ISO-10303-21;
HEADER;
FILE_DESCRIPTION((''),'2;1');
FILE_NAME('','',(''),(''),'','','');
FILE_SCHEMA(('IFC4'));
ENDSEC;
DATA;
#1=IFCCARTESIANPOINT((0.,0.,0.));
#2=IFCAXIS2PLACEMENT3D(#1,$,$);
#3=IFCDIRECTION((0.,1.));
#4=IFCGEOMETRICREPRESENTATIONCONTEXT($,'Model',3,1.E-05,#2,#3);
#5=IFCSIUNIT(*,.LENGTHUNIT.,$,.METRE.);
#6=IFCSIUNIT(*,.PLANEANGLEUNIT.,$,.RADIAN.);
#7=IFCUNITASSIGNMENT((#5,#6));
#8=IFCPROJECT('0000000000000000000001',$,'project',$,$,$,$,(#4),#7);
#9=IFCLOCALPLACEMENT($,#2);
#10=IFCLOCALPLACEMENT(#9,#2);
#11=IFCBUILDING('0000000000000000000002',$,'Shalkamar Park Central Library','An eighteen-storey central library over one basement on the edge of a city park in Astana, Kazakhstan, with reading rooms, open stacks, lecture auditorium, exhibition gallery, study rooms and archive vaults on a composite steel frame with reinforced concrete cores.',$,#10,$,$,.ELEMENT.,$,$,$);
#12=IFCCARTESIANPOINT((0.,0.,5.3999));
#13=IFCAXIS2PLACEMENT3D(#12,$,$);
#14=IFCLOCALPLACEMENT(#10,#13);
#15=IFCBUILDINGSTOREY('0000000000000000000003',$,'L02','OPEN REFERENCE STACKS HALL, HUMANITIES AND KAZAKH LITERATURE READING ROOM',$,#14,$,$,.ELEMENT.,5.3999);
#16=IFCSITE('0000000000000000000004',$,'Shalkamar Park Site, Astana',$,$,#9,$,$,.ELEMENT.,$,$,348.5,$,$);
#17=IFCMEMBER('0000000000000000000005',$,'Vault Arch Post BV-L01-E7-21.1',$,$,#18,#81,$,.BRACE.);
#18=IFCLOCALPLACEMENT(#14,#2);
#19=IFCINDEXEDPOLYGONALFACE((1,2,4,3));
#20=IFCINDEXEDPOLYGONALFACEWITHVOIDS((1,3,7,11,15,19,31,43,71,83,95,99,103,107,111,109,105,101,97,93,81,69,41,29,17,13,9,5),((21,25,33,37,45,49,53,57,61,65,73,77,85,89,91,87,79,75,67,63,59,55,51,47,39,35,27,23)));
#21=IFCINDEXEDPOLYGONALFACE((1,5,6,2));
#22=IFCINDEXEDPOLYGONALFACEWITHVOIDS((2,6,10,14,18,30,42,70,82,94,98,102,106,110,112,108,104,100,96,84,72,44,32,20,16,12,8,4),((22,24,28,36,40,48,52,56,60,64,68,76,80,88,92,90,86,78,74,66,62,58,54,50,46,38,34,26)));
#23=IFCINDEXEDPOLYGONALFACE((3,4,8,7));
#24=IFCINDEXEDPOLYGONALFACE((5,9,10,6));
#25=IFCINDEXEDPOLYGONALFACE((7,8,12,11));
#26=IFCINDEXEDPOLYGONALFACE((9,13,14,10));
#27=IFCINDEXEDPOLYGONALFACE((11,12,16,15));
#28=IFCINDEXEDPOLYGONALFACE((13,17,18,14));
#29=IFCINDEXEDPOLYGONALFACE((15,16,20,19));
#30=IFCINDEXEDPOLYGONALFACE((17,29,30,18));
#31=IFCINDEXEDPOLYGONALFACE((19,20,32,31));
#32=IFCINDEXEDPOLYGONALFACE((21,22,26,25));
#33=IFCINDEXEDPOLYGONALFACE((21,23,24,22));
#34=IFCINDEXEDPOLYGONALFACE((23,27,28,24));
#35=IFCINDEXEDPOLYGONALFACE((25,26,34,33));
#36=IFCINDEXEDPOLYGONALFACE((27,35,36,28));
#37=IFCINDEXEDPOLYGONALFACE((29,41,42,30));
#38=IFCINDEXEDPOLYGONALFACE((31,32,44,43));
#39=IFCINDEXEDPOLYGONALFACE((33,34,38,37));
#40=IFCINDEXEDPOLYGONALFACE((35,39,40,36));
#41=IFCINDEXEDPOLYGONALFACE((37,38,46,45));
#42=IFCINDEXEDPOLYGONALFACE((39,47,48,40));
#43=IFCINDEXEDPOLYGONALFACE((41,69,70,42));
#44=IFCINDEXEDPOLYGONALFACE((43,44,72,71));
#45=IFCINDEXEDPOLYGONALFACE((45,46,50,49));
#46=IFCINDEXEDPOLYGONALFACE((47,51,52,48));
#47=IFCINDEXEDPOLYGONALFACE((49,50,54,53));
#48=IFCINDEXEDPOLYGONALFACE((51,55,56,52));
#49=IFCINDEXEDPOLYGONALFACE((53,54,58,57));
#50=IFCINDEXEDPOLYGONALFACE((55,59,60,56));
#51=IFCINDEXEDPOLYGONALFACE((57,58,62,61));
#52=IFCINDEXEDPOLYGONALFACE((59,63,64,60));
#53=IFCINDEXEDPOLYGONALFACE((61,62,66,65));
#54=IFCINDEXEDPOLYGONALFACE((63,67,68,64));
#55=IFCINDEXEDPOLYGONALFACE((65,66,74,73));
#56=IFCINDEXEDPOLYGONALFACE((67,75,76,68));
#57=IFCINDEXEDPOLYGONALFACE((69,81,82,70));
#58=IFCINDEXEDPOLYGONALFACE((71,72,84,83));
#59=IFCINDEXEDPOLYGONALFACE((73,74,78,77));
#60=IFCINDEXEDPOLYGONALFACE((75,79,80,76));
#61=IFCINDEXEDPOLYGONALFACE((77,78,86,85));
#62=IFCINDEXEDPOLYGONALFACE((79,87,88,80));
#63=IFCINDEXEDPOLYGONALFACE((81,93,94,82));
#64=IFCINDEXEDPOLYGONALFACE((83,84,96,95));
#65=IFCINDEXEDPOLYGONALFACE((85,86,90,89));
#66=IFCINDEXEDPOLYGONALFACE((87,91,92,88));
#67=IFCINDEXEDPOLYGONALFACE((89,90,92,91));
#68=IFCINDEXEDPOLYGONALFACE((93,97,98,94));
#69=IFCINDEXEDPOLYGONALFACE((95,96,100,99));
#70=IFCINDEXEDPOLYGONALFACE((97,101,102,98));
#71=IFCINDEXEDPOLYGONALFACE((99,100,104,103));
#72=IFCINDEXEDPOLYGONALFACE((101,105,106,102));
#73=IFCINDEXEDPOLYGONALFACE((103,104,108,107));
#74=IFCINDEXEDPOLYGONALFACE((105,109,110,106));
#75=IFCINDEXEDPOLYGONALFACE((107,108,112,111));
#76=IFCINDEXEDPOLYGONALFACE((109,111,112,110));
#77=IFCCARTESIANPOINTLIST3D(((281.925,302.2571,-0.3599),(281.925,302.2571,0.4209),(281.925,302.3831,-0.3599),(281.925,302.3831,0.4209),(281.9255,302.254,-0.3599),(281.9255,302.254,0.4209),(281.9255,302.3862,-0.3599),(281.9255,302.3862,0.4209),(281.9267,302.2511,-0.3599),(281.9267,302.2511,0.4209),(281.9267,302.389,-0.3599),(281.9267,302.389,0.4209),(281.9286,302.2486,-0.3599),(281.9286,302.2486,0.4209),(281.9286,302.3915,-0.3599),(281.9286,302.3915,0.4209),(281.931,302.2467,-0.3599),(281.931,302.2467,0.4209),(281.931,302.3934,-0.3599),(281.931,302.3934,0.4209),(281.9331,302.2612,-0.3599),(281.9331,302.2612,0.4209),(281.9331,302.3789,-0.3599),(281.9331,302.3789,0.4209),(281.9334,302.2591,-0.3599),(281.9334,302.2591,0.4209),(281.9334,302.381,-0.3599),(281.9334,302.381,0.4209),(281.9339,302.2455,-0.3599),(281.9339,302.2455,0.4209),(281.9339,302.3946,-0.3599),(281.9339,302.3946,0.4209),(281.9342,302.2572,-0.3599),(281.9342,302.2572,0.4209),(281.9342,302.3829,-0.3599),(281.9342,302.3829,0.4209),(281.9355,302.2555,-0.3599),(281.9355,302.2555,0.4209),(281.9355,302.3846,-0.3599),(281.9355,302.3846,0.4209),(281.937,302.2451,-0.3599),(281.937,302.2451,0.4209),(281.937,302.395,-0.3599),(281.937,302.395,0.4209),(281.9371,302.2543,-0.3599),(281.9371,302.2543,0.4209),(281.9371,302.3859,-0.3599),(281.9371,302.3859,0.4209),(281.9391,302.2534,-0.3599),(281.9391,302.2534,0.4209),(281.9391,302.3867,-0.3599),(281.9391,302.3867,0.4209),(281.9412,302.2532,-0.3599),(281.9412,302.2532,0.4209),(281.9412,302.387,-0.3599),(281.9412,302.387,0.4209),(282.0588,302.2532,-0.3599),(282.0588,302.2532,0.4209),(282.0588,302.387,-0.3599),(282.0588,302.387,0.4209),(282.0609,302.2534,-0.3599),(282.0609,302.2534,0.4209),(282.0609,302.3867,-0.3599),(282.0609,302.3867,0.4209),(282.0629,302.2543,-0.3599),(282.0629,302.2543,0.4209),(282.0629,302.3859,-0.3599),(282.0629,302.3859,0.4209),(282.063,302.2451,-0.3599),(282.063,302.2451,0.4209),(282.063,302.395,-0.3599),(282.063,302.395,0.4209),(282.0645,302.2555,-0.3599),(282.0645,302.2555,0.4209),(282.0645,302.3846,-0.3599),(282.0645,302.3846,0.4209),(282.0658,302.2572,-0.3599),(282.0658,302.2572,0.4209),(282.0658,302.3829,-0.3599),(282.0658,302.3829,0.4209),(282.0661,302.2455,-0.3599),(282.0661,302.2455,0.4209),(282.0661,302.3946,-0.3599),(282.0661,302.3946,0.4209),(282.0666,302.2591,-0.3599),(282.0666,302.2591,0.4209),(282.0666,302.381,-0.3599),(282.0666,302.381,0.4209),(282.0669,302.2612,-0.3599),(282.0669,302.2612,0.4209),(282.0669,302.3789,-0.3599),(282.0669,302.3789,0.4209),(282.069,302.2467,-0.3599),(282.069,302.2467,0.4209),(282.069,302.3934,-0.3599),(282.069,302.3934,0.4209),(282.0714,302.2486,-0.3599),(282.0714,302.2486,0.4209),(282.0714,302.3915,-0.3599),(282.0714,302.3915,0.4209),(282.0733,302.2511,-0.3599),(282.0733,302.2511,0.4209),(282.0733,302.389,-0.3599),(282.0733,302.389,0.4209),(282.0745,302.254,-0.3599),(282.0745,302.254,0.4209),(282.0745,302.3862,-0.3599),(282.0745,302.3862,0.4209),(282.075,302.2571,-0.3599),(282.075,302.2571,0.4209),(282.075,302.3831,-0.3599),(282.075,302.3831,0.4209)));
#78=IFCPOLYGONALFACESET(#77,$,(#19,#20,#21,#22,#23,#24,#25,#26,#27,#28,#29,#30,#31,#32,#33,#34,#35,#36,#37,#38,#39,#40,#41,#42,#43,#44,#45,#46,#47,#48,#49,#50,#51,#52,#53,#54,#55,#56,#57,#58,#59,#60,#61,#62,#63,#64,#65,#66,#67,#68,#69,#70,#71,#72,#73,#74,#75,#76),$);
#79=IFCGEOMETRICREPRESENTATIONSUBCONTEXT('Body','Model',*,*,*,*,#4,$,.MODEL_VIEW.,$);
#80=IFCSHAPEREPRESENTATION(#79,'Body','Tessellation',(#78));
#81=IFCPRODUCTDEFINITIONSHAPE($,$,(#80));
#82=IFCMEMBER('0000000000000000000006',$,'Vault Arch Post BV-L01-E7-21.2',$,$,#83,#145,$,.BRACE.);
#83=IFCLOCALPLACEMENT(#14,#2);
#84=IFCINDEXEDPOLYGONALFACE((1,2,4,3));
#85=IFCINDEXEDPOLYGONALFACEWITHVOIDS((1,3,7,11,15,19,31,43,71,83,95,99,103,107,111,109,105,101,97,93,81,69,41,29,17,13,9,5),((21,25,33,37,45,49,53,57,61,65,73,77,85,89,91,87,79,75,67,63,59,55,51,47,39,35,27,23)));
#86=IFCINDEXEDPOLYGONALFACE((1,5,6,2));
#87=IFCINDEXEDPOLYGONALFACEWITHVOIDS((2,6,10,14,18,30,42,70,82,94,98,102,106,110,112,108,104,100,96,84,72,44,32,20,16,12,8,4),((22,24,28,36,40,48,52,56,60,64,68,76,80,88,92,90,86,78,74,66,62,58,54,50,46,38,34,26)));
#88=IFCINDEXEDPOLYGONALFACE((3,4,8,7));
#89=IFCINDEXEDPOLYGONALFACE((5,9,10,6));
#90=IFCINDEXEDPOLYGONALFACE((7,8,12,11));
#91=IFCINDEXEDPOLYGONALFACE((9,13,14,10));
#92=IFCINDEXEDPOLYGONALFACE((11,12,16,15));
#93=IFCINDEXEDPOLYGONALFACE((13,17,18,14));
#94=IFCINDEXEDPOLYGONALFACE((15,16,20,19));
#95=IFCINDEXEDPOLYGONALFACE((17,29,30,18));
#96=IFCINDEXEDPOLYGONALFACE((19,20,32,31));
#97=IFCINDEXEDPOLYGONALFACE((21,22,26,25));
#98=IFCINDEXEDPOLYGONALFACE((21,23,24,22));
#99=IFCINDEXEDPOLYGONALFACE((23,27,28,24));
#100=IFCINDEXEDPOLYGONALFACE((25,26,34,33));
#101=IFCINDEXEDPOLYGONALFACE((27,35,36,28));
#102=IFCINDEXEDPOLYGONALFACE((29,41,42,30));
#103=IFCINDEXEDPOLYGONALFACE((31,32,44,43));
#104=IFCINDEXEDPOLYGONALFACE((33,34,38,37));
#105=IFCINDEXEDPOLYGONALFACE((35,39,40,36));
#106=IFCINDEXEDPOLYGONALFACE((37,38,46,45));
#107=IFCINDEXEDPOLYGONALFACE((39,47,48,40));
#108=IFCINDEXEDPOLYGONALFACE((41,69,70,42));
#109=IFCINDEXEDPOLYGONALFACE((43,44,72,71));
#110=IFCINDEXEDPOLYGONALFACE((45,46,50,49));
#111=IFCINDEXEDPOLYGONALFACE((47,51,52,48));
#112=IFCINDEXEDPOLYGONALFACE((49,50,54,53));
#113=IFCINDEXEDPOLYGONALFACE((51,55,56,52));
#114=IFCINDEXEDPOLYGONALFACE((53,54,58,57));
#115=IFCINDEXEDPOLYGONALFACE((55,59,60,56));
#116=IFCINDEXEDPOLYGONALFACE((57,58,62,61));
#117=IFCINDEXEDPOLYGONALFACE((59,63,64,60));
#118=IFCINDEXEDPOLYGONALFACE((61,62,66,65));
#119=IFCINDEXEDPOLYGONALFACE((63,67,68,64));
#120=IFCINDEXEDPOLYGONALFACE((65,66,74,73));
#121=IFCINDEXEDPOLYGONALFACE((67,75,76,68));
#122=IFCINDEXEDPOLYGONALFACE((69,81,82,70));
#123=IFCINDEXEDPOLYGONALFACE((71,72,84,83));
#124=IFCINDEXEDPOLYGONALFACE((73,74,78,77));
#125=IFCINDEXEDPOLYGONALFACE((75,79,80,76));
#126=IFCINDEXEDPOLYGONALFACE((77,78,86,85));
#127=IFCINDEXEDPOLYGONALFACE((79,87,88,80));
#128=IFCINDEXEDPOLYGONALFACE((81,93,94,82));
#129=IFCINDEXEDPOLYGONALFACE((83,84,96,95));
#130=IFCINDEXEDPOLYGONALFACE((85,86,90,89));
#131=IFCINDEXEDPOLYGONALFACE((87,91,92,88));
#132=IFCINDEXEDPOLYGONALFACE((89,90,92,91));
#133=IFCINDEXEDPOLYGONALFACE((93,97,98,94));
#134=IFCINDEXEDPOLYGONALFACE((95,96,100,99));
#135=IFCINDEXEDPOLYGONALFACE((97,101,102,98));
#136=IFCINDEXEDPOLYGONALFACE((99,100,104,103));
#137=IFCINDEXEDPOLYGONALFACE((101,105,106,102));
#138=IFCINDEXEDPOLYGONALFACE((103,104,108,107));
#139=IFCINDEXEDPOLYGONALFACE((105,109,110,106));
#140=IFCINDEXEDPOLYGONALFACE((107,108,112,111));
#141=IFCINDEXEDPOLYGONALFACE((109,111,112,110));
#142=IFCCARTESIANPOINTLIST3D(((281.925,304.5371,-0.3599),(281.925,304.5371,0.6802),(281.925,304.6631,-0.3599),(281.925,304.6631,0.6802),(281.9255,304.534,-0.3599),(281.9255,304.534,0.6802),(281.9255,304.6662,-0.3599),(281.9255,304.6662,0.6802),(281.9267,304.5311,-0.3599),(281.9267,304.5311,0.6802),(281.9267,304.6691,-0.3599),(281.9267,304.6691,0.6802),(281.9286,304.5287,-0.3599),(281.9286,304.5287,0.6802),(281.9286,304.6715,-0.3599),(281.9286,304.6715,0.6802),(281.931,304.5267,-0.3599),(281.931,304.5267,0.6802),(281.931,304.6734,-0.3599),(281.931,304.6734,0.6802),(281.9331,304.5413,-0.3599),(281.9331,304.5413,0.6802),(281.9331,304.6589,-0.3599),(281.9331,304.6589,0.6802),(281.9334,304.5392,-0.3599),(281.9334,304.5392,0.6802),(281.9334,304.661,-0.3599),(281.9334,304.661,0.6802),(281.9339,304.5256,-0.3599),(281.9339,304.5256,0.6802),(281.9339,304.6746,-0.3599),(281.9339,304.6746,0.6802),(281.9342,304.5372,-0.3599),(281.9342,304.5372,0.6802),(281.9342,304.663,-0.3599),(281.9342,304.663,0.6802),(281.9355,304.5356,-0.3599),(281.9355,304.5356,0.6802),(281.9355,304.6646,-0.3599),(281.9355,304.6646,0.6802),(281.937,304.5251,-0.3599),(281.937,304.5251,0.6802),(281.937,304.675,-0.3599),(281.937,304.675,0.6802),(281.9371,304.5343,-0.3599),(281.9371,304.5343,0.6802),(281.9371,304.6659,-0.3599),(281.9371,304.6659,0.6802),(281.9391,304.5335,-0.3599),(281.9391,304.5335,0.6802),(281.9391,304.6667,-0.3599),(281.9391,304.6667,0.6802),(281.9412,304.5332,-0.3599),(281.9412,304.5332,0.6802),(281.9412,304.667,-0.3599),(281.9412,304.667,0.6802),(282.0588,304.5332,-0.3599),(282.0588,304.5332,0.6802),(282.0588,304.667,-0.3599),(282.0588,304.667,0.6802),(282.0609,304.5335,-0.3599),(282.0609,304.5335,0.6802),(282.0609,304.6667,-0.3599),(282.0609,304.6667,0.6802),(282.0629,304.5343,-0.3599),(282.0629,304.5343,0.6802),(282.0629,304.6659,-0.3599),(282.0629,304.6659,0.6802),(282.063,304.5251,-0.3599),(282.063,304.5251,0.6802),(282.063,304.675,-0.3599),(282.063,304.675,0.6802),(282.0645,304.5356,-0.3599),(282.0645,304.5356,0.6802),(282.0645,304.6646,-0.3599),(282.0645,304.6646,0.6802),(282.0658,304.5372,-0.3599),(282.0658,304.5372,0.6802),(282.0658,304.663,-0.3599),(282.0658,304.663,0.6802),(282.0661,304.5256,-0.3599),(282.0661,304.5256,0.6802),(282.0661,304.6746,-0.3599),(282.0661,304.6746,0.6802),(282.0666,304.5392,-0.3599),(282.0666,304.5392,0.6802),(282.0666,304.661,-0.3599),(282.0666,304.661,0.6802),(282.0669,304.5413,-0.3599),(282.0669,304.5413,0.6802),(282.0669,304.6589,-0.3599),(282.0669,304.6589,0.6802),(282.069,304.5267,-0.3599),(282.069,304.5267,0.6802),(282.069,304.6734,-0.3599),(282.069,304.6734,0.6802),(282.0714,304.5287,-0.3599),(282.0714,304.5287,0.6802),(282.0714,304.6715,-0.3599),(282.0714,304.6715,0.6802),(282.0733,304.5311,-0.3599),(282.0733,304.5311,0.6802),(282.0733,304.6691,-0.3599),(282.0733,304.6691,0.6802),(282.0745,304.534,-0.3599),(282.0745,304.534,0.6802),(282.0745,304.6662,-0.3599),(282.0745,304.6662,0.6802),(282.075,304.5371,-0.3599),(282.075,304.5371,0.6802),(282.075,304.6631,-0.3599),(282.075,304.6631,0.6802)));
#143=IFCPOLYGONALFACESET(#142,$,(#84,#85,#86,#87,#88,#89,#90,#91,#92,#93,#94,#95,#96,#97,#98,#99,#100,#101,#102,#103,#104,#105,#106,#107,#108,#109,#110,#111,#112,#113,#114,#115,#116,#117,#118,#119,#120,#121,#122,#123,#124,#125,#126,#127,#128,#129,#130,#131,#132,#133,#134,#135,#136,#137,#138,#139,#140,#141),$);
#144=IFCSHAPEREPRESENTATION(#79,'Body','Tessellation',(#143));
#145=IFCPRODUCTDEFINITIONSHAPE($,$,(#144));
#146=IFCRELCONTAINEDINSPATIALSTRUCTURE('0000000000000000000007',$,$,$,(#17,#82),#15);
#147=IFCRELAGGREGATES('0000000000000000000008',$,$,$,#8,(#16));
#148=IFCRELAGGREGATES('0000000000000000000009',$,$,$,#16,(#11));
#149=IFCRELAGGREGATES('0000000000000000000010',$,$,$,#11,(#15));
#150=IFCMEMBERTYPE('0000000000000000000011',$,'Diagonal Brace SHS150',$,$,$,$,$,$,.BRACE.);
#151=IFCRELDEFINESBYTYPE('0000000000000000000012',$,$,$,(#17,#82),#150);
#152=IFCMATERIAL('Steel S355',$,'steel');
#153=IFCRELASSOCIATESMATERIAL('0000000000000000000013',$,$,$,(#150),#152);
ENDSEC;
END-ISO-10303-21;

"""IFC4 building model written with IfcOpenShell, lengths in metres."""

from ifc_helpers import new_model, si_unit, direction, frame, origin, origin_2d, place, context, subcontext, project, spatial, hollow_rectangle, extrude, material, material_profile, profile_set, type_object, element, save


model = new_model("IFC4")

# Units and contexts
model_context = context("Model", 3, precision=1e-05, world=origin(), true_north=direction((0.0, 1.0)))
body_context = subcontext(model_context, "Body", "Model", "MODEL_VIEW")
ifc_project = project(units=[si_unit("LENGTHUNIT", "METRE"), si_unit("PLANEANGLEUNIT", "RADIAN")], contexts=[model_context])

# Site, building, storey
site_placement = place(None, origin())
site = spatial("IfcSite", under=ifc_project, at=site_placement, Name="Shalkamar Park Site, Astana", CompositionType="ELEMENT", RefElevation=348.5)
building_placement = place(site_placement, origin())
building = spatial("IfcBuilding", under=site, at=building_placement, Name="Shalkamar Park Central Library", Description="An eighteen-storey central library over one basement on the edge of a city park in Astana, Kazakhstan, with reading rooms, open stacks, lecture auditorium, exhibition gallery, study rooms and archive vaults on a composite steel frame with reinforced concrete cores.", CompositionType="ELEMENT")
storey_placement = place(building_placement, frame((0.0, 0.0, 5.3999)))
storey = spatial("IfcBuildingStorey", under=building, at=storey_placement, Name="L02", Description="OPEN REFERENCE STACKS HALL, HUMANITIES AND KAZAKH LITERATURE READING ROOM", CompositionType="ELEMENT", Elevation=5.3999)

# Shared definitions
ifc_material_1 = material(Name="Steel S355", Category="steel")

# Members
ifc_material_profile_1 = material_profile(ifc_material_1, hollow_rectangle(XDim=0.1499, YDim=0.1499, WallThickness=0.0081, InnerFilletRadius=0.0081, OuterFilletRadius=0.012, at=origin_2d()), Name="SHS 150x150x8")
ifc_profile_set_1 = profile_set([ifc_material_profile_1], Name="Steel S355")
member_type_1 = type_object("IfcMemberType", Name="Diagonal Brace SHS150", PredefinedType="BRACE", material=ifc_profile_set_1)
for number, where, z_axis, x_axis, name in (
    (1, (282.0, 302.3201, -0.3599), (0.0, 0.0, 1.0), (1.0, 0.0, 0.0), "Vault Arch Post BV-L01-E7-21.1"),
):
    element("IfcMember", number, at=place(storey_placement, frame(where, z_axis=z_axis, x_axis=x_axis)), inside=storey, type_object=member_type_1, Name=name, PredefinedType="BRACE", context=body_context, shape_type="SweptSolid", body=[
        extrude(hollow_rectangle(XDim=0.1499, YDim=0.1499, WallThickness=0.0081, InnerFilletRadius=0.0081, OuterFilletRadius=0.012, at=origin_2d()), origin(), (0.0, 0.0, 1.0), 0.7808),
    ])
member_1_placement = place(storey_placement, frame((282.0, 304.6001, -0.3599), z_axis=(0.0, 0.0, 1.0), x_axis=(1.0, 0.0, 0.0)))
element("IfcMember", 2, at=member_1_placement, inside=storey, type_object=member_type_1, Name="Vault Arch Post BV-L01-E7-21.2", PredefinedType="BRACE", context=body_context, shape_type="SweptSolid", body=[
    extrude(hollow_rectangle(XDim=0.1499, YDim=0.1499, WallThickness=0.0081, InnerFilletRadius=0.0081, OuterFilletRadius=0.012, at=origin_2d()), origin(), (0.0, 0.0, 1.0), 1.04),
])

save(model, "model.ifc")
